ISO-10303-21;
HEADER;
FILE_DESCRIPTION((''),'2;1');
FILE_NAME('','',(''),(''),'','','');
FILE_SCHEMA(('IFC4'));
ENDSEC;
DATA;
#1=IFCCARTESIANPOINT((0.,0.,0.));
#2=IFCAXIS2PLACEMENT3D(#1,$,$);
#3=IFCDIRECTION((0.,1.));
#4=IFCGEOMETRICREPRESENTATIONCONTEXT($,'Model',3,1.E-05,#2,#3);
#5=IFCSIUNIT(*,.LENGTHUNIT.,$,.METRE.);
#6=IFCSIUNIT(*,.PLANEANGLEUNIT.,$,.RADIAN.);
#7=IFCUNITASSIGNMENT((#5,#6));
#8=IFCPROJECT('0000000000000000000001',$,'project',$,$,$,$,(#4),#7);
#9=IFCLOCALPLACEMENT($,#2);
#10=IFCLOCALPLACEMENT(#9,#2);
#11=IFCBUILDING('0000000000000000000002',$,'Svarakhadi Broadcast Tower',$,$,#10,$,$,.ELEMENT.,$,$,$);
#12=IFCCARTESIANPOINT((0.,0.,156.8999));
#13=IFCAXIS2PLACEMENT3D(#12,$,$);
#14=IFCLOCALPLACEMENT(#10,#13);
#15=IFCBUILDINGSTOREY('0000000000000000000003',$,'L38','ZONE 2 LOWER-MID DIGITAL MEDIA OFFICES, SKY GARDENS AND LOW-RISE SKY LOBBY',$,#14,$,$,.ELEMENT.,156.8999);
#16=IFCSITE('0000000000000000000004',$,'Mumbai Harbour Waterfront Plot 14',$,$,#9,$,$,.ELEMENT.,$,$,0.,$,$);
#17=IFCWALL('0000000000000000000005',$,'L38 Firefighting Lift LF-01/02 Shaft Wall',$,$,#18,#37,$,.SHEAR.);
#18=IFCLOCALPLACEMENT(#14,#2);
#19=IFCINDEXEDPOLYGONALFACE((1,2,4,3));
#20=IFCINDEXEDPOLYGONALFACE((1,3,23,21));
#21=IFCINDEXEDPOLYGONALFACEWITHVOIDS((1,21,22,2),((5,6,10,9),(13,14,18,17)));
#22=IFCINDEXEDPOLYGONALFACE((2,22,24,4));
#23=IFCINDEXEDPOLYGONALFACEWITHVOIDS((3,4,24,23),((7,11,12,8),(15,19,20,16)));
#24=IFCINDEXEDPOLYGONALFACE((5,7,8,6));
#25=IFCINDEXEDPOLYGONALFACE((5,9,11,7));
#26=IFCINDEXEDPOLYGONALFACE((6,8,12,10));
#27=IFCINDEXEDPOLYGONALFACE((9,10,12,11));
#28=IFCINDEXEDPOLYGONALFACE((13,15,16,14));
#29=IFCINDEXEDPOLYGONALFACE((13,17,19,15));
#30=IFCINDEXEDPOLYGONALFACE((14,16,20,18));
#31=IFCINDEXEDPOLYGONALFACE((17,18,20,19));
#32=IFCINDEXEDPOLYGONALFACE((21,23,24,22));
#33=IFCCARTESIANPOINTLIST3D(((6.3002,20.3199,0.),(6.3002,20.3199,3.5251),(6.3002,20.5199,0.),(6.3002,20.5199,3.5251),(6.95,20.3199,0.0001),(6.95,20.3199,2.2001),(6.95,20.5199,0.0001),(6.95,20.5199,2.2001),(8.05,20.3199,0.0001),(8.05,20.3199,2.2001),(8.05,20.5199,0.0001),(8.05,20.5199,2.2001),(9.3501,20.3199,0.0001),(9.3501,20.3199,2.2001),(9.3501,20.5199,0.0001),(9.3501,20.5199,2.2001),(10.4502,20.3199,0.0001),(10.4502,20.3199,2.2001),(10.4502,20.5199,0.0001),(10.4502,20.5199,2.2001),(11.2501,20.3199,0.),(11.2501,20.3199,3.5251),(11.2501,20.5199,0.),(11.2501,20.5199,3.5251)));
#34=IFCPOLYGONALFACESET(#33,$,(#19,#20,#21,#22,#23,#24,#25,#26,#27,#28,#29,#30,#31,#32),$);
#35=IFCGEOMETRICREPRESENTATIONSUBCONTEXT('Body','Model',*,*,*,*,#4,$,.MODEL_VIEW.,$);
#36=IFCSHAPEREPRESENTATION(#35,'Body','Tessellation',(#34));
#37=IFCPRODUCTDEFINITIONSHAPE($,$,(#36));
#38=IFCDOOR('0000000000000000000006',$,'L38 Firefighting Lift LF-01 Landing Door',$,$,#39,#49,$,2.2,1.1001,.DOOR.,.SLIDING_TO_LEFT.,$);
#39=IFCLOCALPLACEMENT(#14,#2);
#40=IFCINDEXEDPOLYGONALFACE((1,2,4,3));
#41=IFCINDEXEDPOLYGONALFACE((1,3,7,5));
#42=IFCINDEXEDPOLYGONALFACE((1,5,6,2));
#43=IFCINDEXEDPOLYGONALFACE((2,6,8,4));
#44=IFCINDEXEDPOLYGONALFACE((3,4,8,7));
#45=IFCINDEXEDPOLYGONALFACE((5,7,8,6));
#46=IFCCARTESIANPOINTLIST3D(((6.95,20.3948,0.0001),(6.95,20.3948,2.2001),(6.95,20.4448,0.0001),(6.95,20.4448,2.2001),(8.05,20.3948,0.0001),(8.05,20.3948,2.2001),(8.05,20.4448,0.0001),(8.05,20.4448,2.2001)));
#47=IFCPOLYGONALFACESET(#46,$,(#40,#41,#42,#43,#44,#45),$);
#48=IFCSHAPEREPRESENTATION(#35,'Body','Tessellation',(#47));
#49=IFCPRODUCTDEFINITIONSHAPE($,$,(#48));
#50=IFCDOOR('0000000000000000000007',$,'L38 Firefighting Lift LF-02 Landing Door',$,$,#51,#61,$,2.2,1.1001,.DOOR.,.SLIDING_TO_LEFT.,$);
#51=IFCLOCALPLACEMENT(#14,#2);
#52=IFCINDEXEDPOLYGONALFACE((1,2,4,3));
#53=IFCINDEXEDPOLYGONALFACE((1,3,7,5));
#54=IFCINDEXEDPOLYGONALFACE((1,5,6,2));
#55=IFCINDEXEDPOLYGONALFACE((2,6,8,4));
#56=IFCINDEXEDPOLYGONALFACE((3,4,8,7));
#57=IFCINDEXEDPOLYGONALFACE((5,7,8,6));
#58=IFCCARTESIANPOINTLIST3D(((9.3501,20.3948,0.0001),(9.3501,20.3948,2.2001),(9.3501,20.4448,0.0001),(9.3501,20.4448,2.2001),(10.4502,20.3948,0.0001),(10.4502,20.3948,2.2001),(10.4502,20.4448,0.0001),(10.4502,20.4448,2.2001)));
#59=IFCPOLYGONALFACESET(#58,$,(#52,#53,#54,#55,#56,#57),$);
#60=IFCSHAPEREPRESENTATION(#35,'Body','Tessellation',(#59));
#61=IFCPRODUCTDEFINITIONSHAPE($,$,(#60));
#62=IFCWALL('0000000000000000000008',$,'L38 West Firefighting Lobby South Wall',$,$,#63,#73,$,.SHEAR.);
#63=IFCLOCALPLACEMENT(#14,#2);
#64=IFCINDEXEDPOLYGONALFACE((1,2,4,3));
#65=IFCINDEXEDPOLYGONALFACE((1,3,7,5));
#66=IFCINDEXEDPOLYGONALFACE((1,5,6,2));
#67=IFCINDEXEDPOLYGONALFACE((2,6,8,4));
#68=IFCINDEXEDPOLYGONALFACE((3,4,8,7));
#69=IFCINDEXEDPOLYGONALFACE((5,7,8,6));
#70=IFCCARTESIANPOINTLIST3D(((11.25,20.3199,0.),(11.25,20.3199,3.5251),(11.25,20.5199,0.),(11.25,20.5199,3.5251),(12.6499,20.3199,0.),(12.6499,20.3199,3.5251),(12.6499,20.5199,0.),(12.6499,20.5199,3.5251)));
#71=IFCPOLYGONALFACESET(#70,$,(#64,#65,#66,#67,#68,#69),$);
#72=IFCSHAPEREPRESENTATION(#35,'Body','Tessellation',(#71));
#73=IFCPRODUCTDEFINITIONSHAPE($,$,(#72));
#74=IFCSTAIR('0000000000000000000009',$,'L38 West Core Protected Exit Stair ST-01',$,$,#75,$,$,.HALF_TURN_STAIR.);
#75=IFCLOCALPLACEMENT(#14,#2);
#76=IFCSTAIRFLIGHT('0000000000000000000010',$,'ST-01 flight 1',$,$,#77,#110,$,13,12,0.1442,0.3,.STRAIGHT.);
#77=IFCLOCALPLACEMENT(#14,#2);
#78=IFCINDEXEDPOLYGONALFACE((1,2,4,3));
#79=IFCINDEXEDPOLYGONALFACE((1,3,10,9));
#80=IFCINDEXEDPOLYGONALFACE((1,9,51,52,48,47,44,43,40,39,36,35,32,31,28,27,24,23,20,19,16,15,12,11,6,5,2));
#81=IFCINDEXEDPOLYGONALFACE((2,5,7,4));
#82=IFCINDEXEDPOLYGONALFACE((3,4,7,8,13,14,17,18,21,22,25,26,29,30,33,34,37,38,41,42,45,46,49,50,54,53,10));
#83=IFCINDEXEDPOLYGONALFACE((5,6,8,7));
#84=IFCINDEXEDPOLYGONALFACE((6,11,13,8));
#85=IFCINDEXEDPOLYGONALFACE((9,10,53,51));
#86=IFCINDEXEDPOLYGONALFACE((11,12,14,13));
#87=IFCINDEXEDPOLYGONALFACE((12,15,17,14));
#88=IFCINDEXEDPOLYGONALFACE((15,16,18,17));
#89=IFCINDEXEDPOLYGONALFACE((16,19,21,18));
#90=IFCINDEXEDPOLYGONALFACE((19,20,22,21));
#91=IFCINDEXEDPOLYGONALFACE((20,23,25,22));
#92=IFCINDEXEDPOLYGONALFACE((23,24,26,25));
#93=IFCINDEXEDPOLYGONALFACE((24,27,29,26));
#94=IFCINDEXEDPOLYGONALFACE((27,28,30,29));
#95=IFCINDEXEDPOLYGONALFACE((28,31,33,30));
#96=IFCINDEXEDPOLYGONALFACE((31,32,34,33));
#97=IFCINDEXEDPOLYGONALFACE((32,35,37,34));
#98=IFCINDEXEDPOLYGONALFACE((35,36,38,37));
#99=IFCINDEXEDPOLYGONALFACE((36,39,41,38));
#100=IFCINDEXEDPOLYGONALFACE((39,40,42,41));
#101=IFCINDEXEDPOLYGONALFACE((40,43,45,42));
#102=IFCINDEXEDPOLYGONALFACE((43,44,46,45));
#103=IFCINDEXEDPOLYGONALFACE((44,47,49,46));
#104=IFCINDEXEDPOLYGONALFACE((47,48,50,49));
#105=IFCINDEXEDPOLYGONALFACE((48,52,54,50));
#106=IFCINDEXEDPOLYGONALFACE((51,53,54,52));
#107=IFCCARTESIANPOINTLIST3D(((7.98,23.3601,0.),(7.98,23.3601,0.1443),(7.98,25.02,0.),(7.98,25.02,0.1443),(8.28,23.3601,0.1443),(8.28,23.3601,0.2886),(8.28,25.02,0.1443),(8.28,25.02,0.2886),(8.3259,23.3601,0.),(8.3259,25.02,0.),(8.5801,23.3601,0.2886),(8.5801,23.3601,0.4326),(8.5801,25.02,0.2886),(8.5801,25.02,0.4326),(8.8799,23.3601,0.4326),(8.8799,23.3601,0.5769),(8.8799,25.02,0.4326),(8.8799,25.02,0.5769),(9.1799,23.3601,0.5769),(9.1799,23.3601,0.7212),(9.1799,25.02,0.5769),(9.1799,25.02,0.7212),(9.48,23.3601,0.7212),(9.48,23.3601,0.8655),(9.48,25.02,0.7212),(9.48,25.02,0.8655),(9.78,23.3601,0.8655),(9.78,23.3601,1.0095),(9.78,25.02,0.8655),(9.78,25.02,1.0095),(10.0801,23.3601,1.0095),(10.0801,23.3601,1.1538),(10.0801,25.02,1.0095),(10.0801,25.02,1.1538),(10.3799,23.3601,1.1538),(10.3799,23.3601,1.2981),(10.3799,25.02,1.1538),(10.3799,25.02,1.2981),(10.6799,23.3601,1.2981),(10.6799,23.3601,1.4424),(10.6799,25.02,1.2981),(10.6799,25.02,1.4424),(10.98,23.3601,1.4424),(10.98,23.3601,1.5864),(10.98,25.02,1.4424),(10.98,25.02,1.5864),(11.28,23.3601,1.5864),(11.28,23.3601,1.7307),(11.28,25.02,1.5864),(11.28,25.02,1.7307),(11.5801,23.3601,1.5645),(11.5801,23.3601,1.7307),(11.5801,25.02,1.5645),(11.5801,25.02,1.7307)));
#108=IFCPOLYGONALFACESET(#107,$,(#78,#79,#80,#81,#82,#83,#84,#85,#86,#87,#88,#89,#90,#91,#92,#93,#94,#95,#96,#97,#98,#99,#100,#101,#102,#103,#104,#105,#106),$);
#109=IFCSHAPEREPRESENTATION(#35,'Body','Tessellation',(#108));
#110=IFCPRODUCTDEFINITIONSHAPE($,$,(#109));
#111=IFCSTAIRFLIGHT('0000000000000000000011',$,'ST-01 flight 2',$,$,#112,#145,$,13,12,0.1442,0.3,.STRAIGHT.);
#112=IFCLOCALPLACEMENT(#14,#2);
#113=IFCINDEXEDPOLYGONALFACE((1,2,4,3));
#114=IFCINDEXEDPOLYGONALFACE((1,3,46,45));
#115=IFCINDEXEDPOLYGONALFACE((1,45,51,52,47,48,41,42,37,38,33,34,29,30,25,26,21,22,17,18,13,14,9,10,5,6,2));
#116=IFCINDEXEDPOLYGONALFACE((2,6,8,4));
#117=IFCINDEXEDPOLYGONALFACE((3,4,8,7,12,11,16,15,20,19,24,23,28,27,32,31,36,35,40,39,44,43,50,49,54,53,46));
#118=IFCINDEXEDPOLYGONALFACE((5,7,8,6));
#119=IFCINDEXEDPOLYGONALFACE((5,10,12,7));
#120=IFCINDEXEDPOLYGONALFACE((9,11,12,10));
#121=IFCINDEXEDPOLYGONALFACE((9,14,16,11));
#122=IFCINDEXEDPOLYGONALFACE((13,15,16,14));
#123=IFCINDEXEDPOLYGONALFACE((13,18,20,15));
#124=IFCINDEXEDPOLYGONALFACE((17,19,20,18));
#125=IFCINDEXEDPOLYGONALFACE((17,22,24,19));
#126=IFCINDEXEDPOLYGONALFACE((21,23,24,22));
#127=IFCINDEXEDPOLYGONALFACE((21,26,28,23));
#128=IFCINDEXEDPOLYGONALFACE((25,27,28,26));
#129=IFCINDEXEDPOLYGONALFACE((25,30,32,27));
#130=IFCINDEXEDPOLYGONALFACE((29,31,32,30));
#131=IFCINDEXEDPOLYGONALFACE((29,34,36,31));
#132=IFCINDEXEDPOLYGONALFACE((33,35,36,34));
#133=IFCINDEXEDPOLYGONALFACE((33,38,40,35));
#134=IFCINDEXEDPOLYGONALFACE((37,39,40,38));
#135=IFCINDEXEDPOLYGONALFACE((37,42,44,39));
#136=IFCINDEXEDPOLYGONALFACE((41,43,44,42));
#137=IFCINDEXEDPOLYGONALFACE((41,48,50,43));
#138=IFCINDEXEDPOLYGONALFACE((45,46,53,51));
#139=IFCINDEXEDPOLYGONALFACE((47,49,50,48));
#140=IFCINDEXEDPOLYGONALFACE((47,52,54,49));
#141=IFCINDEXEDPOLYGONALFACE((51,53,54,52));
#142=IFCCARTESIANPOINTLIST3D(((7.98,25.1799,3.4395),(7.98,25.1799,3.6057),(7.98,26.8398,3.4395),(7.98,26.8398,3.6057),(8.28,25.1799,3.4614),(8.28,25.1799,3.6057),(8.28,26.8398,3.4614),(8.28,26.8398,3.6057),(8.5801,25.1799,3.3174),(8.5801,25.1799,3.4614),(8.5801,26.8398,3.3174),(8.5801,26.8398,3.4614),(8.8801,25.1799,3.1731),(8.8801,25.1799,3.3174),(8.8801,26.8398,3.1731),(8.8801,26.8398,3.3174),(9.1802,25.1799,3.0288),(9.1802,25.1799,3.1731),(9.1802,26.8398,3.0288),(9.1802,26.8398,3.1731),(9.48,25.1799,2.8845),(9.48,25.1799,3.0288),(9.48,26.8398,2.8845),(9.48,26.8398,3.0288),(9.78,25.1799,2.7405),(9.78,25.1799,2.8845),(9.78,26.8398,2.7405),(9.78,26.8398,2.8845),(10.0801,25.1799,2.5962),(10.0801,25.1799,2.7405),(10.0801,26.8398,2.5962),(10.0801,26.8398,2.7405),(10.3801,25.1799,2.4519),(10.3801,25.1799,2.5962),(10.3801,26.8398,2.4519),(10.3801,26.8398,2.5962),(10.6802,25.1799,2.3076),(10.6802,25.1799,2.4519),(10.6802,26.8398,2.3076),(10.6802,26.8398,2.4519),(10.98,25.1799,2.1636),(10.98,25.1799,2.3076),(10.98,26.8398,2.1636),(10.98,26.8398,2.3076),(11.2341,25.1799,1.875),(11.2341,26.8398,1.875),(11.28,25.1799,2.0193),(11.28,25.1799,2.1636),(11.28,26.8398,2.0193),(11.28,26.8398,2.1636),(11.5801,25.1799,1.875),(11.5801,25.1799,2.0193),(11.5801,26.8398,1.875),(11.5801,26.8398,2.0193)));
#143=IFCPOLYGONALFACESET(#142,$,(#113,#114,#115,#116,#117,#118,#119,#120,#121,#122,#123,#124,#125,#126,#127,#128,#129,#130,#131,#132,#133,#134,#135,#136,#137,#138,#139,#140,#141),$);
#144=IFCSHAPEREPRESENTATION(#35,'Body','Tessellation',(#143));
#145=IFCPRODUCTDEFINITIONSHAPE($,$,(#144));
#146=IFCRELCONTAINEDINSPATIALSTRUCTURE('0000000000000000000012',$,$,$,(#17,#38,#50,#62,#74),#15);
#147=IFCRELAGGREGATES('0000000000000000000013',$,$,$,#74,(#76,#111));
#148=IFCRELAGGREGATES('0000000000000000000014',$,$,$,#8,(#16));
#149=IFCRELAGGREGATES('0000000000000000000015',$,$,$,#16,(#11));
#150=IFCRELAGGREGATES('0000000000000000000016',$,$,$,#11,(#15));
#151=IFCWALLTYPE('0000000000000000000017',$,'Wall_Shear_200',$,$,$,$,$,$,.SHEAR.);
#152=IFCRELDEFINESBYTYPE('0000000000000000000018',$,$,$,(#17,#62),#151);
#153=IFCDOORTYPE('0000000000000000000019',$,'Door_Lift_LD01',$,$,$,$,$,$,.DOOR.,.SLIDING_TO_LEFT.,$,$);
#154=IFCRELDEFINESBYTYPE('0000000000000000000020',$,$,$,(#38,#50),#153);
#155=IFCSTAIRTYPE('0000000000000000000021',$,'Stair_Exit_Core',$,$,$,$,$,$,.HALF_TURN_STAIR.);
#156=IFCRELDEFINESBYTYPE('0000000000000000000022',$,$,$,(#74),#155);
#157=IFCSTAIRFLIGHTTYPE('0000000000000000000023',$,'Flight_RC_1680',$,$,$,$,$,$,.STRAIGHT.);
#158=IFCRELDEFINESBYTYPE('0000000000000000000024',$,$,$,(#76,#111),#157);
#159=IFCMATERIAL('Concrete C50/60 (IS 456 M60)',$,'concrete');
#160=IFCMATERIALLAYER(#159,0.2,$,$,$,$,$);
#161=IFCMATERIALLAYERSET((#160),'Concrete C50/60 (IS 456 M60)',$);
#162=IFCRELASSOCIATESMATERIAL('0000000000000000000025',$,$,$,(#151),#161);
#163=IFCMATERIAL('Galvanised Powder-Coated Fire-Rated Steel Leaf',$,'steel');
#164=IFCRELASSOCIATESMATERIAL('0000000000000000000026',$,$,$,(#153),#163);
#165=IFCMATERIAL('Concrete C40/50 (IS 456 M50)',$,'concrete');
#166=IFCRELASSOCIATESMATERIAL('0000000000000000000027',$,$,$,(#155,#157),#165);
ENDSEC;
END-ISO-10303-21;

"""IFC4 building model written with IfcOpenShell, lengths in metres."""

from ifc_helpers import new_model, si_unit, direction, frame, frame_2d, origin, place, context, subcontext, project, spatial, polyline, rectangle, outline, extrude, material, layer, layer_set, type_object, element, fill, aggregate, save


model = new_model("IFC4")

# Units and contexts
model_context = context("Model", 3, precision=1e-05, world=origin(), true_north=direction((0.0, 1.0)))
body_context = subcontext(model_context, "Body", "Model", "MODEL_VIEW")
ifc_project = project(units=[si_unit("LENGTHUNIT", "METRE"), si_unit("PLANEANGLEUNIT", "RADIAN")], contexts=[model_context])

# Site, building, storey
site_placement = place(None, origin())
site = spatial("IfcSite", under=ifc_project, at=site_placement, Name="Mumbai Harbour Waterfront Plot 14", CompositionType="ELEMENT", RefElevation=0.0)
building_placement = place(site_placement, origin())
building = spatial("IfcBuilding", under=site, at=building_placement, Name="Svarakhadi Broadcast Tower", CompositionType="ELEMENT")
storey_placement = place(building_placement, frame((0.0, 0.0, 156.8999)))
storey = spatial("IfcBuildingStorey", under=building, at=storey_placement, Name="L38", Description="ZONE 2 LOWER-MID DIGITAL MEDIA OFFICES, SKY GARDENS AND LOW-RISE SKY LOBBY", CompositionType="ELEMENT", Elevation=156.8999)

# Shared definitions
ifc_material_1 = material(Name="Concrete C50/60 (IS 456 M60)", Category="concrete")

# Shared definitions
ifc_material_2 = material(Name="Concrete C40/50 (IS 456 M50)", Category="concrete")

# Shared definitions
ifc_layer_1 = layer(ifc_material_1, 0.2)
ifc_layer_set_1 = layer_set([ifc_layer_1], Name="Concrete C50/60 (IS 456 M60)")
wall_type_1 = type_object("IfcWallType", Name="Wall_Shear_200", PredefinedType="SHEAR", material=ifc_layer_set_1)
ifc_material_3 = material(Name="Galvanised Powder-Coated Fire-Rated Steel Leaf", Category="steel")

# Wall, openings, doors
wall_1_placement = place(storey_placement, frame((6.3, 20.4199, 0.0), z_axis=(0.0, 0.0, 1.0), x_axis=(1.0, 0.0, 0.0)))
wall_1 = element("IfcWall", 1, at=wall_1_placement, inside=storey, type_object=wall_type_1, Name="L38 Firefighting Lift LF-01/02 Shaft Wall", PredefinedType="SHEAR", context=body_context, shape_type="SweptSolid", body=[
    extrude(rectangle(XDim=4.95, YDim=0.2, at=frame_2d((2.4751, 0.0))), origin(), (0.0, 0.0, 1.0), 3.5251),
])
opening_1_placement = place(wall_1_placement, frame((0.6499, 0.0, 0.0)))
opening_1 = element("IfcOpeningElement", 2, at=opening_1_placement, cuts=wall_1, PredefinedType="OPENING", context=body_context, shape_type="SweptSolid", body=[
    extrude(rectangle(XDim=1.1001, YDim=2.2, at=frame_2d((0.55, 1.1001))), frame((0.0, 0.1099, 0.0), z_axis=(0.0, -1.0, 0.0), x_axis=(1.0, 0.0, 0.0)), (0.0, 0.0, 1.0), 0.22),
])
opening_2_placement = place(wall_1_placement, frame((3.05, 0.0, 0.0)))
opening_2 = element("IfcOpeningElement", 3, at=opening_2_placement, cuts=wall_1, PredefinedType="OPENING", context=body_context, shape_type="SweptSolid", body=[
    extrude(rectangle(XDim=1.1001, YDim=2.2, at=frame_2d((0.55, 1.1001))), frame((0.0, 0.1099, 0.0), z_axis=(0.0, -1.0, 0.0), x_axis=(1.0, 0.0, 0.0)), (0.0, 0.0, 1.0), 0.22),
])
door_type_1 = type_object("IfcDoorType", Name="Door_Lift_LD01", OperationType="SLIDING_TO_LEFT", PredefinedType="DOOR", material=ifc_material_3)
door_1_placement = place(opening_1_placement, origin())
door_1 = element("IfcDoor", 4, at=door_1_placement, inside=storey, type_object=door_type_1, Name="L38 Firefighting Lift LF-01 Landing Door", OperationType="SLIDING_TO_LEFT", OverallHeight=2.2, OverallWidth=1.1001, PredefinedType="DOOR", context=body_context, shape_type="SweptSolid", body=[
    extrude(rectangle(XDim=1.1001, YDim=2.2, at=frame_2d((0.55, 1.1001))), frame((0.0, 0.0249, 0.0), z_axis=(0.0, -1.0, 0.0), x_axis=(1.0, 0.0, 0.0)), (0.0, 0.0, 1.0), 0.05),
])
fill(opening_1, door_1)
door_2_placement = place(opening_2_placement, origin())
door_2 = element("IfcDoor", 5, at=door_2_placement, inside=storey, type_object=door_type_1, Name="L38 Firefighting Lift LF-02 Landing Door", OperationType="SLIDING_TO_LEFT", OverallHeight=2.2, OverallWidth=1.1001, PredefinedType="DOOR", context=body_context, shape_type="SweptSolid", body=[
    extrude(rectangle(XDim=1.1001, YDim=2.2, at=frame_2d((0.55, 1.1001))), frame((0.0, 0.0249, 0.0), z_axis=(0.0, -1.0, 0.0), x_axis=(1.0, 0.0, 0.0)), (0.0, 0.0, 1.0), 0.05),
])
fill(opening_2, door_2)

# Wall
wall_2_placement = place(storey_placement, frame((11.25, 20.4199, 0.0), z_axis=(0.0, 0.0, 1.0), x_axis=(1.0, 0.0, 0.0)))
element("IfcWall", 6, at=wall_2_placement, inside=storey, type_object=wall_type_1, Name="L38 West Firefighting Lobby South Wall", PredefinedType="SHEAR", context=body_context, shape_type="SweptSolid", body=[
    extrude(rectangle(XDim=1.3999, YDim=0.2, at=frame_2d((0.7, 0.0))), origin(), (0.0, 0.0, 1.0), 3.5251),
])

# Stair, stair flights
stair_type = type_object("IfcStairType", Name="Stair_Exit_Core", PredefinedType="HALF_TURN_STAIR", material=ifc_material_2)
stair_placement = place(storey_placement, origin())
stair = element("IfcStair", 7, at=stair_placement, inside=storey, type_object=stair_type, Name="L38 West Core Protected Exit Stair ST-01", PredefinedType="HALF_TURN_STAIR")
stair_flight_type = type_object("IfcStairFlightType", Name="Flight_RC_1680", PredefinedType="STRAIGHT", material=ifc_material_2)
stair_flight_1_placement = place(storey_placement, frame((7.98, 24.1899, 0.0), z_axis=(0.0, 0.0, 1.0), x_axis=(1.0, 0.0, 0.0)))
stair_flight_1 = element("IfcStairFlight", 8, at=stair_flight_1_placement, type_object=stair_flight_type, Name="ST-01 flight 1", NumberOfRisers=13, NumberOfTreads=12, PredefinedType="STRAIGHT", RiserHeight=0.1442, TreadLength=0.3, context=body_context, shape_type="SweptSolid", body=[
    extrude(outline(polyline([(0.0, 0.0), (0.0, 0.1443), (0.3, 0.1443), (0.3, 0.2886), (0.6001, 0.2886), (0.6001, 0.4326), (0.8999, 0.4326), (0.8999, 0.5769), (1.2, 0.5769), (1.2, 0.7212), (1.5, 0.7212), (1.5, 0.8655), (1.8, 0.8655), (1.8, 1.0095), (2.1001, 1.0095), (2.1001, 1.1538), (2.3999, 1.1538), (2.3999, 1.2981), (2.7, 1.2981), (2.7, 1.4424), (3.0, 1.4424), (3.0, 1.5864), (3.3, 1.5864), (3.3, 1.7307), (3.6001, 1.7307), (3.6001, 1.875), (3.6001, 1.5645), (0.3459, 0.0), (0.0, 0.0)])), frame((0.0, 0.8301, 0.0), z_axis=(0.0, -1.0, 0.0), x_axis=(1.0, 0.0, 0.0)), (0.0, 0.0, 1.0), 1.6599),
])
stair_flight_2_placement = place(storey_placement, frame((11.5801, 26.01, 1.875), z_axis=(0.0, 0.0, 1.0), x_axis=(-1.0, 0.0, 0.0)))
stair_flight_2 = element("IfcStairFlight", 9, at=stair_flight_2_placement, type_object=stair_flight_type, Name="ST-01 flight 2", NumberOfRisers=13, NumberOfTreads=12, PredefinedType="STRAIGHT", RiserHeight=0.1442, TreadLength=0.3, context=body_context, shape_type="SweptSolid", body=[
    extrude(outline(polyline([(0.0, 0.0), (0.0, 0.1443), (0.3, 0.1443), (0.3, 0.2886), (0.6001, 0.2886), (0.6001, 0.4326), (0.8999, 0.4326), (0.8999, 0.5769), (1.2, 0.5769), (1.2, 0.7212), (1.5, 0.7212), (1.5, 0.8655), (1.8, 0.8655), (1.8, 1.0095), (2.1001, 1.0095), (2.1001, 1.1538), (2.3999, 1.1538), (2.3999, 1.2981), (2.7, 1.2981), (2.7, 1.4424), (3.0, 1.4424), (3.0, 1.5864), (3.3, 1.5864), (3.3, 1.7307), (3.6001, 1.7307), (3.6001, 1.875), (3.6001, 1.5645), (0.3459, 0.0), (0.0, 0.0)])), frame((0.0, 0.8301, 0.0), z_axis=(0.0, -1.0, 0.0), x_axis=(1.0, 0.0, 0.0)), (0.0, 0.0, 1.0), 1.6599),
])
aggregate(stair, [stair_flight_1, stair_flight_2])

save(model, "model.ifc")
